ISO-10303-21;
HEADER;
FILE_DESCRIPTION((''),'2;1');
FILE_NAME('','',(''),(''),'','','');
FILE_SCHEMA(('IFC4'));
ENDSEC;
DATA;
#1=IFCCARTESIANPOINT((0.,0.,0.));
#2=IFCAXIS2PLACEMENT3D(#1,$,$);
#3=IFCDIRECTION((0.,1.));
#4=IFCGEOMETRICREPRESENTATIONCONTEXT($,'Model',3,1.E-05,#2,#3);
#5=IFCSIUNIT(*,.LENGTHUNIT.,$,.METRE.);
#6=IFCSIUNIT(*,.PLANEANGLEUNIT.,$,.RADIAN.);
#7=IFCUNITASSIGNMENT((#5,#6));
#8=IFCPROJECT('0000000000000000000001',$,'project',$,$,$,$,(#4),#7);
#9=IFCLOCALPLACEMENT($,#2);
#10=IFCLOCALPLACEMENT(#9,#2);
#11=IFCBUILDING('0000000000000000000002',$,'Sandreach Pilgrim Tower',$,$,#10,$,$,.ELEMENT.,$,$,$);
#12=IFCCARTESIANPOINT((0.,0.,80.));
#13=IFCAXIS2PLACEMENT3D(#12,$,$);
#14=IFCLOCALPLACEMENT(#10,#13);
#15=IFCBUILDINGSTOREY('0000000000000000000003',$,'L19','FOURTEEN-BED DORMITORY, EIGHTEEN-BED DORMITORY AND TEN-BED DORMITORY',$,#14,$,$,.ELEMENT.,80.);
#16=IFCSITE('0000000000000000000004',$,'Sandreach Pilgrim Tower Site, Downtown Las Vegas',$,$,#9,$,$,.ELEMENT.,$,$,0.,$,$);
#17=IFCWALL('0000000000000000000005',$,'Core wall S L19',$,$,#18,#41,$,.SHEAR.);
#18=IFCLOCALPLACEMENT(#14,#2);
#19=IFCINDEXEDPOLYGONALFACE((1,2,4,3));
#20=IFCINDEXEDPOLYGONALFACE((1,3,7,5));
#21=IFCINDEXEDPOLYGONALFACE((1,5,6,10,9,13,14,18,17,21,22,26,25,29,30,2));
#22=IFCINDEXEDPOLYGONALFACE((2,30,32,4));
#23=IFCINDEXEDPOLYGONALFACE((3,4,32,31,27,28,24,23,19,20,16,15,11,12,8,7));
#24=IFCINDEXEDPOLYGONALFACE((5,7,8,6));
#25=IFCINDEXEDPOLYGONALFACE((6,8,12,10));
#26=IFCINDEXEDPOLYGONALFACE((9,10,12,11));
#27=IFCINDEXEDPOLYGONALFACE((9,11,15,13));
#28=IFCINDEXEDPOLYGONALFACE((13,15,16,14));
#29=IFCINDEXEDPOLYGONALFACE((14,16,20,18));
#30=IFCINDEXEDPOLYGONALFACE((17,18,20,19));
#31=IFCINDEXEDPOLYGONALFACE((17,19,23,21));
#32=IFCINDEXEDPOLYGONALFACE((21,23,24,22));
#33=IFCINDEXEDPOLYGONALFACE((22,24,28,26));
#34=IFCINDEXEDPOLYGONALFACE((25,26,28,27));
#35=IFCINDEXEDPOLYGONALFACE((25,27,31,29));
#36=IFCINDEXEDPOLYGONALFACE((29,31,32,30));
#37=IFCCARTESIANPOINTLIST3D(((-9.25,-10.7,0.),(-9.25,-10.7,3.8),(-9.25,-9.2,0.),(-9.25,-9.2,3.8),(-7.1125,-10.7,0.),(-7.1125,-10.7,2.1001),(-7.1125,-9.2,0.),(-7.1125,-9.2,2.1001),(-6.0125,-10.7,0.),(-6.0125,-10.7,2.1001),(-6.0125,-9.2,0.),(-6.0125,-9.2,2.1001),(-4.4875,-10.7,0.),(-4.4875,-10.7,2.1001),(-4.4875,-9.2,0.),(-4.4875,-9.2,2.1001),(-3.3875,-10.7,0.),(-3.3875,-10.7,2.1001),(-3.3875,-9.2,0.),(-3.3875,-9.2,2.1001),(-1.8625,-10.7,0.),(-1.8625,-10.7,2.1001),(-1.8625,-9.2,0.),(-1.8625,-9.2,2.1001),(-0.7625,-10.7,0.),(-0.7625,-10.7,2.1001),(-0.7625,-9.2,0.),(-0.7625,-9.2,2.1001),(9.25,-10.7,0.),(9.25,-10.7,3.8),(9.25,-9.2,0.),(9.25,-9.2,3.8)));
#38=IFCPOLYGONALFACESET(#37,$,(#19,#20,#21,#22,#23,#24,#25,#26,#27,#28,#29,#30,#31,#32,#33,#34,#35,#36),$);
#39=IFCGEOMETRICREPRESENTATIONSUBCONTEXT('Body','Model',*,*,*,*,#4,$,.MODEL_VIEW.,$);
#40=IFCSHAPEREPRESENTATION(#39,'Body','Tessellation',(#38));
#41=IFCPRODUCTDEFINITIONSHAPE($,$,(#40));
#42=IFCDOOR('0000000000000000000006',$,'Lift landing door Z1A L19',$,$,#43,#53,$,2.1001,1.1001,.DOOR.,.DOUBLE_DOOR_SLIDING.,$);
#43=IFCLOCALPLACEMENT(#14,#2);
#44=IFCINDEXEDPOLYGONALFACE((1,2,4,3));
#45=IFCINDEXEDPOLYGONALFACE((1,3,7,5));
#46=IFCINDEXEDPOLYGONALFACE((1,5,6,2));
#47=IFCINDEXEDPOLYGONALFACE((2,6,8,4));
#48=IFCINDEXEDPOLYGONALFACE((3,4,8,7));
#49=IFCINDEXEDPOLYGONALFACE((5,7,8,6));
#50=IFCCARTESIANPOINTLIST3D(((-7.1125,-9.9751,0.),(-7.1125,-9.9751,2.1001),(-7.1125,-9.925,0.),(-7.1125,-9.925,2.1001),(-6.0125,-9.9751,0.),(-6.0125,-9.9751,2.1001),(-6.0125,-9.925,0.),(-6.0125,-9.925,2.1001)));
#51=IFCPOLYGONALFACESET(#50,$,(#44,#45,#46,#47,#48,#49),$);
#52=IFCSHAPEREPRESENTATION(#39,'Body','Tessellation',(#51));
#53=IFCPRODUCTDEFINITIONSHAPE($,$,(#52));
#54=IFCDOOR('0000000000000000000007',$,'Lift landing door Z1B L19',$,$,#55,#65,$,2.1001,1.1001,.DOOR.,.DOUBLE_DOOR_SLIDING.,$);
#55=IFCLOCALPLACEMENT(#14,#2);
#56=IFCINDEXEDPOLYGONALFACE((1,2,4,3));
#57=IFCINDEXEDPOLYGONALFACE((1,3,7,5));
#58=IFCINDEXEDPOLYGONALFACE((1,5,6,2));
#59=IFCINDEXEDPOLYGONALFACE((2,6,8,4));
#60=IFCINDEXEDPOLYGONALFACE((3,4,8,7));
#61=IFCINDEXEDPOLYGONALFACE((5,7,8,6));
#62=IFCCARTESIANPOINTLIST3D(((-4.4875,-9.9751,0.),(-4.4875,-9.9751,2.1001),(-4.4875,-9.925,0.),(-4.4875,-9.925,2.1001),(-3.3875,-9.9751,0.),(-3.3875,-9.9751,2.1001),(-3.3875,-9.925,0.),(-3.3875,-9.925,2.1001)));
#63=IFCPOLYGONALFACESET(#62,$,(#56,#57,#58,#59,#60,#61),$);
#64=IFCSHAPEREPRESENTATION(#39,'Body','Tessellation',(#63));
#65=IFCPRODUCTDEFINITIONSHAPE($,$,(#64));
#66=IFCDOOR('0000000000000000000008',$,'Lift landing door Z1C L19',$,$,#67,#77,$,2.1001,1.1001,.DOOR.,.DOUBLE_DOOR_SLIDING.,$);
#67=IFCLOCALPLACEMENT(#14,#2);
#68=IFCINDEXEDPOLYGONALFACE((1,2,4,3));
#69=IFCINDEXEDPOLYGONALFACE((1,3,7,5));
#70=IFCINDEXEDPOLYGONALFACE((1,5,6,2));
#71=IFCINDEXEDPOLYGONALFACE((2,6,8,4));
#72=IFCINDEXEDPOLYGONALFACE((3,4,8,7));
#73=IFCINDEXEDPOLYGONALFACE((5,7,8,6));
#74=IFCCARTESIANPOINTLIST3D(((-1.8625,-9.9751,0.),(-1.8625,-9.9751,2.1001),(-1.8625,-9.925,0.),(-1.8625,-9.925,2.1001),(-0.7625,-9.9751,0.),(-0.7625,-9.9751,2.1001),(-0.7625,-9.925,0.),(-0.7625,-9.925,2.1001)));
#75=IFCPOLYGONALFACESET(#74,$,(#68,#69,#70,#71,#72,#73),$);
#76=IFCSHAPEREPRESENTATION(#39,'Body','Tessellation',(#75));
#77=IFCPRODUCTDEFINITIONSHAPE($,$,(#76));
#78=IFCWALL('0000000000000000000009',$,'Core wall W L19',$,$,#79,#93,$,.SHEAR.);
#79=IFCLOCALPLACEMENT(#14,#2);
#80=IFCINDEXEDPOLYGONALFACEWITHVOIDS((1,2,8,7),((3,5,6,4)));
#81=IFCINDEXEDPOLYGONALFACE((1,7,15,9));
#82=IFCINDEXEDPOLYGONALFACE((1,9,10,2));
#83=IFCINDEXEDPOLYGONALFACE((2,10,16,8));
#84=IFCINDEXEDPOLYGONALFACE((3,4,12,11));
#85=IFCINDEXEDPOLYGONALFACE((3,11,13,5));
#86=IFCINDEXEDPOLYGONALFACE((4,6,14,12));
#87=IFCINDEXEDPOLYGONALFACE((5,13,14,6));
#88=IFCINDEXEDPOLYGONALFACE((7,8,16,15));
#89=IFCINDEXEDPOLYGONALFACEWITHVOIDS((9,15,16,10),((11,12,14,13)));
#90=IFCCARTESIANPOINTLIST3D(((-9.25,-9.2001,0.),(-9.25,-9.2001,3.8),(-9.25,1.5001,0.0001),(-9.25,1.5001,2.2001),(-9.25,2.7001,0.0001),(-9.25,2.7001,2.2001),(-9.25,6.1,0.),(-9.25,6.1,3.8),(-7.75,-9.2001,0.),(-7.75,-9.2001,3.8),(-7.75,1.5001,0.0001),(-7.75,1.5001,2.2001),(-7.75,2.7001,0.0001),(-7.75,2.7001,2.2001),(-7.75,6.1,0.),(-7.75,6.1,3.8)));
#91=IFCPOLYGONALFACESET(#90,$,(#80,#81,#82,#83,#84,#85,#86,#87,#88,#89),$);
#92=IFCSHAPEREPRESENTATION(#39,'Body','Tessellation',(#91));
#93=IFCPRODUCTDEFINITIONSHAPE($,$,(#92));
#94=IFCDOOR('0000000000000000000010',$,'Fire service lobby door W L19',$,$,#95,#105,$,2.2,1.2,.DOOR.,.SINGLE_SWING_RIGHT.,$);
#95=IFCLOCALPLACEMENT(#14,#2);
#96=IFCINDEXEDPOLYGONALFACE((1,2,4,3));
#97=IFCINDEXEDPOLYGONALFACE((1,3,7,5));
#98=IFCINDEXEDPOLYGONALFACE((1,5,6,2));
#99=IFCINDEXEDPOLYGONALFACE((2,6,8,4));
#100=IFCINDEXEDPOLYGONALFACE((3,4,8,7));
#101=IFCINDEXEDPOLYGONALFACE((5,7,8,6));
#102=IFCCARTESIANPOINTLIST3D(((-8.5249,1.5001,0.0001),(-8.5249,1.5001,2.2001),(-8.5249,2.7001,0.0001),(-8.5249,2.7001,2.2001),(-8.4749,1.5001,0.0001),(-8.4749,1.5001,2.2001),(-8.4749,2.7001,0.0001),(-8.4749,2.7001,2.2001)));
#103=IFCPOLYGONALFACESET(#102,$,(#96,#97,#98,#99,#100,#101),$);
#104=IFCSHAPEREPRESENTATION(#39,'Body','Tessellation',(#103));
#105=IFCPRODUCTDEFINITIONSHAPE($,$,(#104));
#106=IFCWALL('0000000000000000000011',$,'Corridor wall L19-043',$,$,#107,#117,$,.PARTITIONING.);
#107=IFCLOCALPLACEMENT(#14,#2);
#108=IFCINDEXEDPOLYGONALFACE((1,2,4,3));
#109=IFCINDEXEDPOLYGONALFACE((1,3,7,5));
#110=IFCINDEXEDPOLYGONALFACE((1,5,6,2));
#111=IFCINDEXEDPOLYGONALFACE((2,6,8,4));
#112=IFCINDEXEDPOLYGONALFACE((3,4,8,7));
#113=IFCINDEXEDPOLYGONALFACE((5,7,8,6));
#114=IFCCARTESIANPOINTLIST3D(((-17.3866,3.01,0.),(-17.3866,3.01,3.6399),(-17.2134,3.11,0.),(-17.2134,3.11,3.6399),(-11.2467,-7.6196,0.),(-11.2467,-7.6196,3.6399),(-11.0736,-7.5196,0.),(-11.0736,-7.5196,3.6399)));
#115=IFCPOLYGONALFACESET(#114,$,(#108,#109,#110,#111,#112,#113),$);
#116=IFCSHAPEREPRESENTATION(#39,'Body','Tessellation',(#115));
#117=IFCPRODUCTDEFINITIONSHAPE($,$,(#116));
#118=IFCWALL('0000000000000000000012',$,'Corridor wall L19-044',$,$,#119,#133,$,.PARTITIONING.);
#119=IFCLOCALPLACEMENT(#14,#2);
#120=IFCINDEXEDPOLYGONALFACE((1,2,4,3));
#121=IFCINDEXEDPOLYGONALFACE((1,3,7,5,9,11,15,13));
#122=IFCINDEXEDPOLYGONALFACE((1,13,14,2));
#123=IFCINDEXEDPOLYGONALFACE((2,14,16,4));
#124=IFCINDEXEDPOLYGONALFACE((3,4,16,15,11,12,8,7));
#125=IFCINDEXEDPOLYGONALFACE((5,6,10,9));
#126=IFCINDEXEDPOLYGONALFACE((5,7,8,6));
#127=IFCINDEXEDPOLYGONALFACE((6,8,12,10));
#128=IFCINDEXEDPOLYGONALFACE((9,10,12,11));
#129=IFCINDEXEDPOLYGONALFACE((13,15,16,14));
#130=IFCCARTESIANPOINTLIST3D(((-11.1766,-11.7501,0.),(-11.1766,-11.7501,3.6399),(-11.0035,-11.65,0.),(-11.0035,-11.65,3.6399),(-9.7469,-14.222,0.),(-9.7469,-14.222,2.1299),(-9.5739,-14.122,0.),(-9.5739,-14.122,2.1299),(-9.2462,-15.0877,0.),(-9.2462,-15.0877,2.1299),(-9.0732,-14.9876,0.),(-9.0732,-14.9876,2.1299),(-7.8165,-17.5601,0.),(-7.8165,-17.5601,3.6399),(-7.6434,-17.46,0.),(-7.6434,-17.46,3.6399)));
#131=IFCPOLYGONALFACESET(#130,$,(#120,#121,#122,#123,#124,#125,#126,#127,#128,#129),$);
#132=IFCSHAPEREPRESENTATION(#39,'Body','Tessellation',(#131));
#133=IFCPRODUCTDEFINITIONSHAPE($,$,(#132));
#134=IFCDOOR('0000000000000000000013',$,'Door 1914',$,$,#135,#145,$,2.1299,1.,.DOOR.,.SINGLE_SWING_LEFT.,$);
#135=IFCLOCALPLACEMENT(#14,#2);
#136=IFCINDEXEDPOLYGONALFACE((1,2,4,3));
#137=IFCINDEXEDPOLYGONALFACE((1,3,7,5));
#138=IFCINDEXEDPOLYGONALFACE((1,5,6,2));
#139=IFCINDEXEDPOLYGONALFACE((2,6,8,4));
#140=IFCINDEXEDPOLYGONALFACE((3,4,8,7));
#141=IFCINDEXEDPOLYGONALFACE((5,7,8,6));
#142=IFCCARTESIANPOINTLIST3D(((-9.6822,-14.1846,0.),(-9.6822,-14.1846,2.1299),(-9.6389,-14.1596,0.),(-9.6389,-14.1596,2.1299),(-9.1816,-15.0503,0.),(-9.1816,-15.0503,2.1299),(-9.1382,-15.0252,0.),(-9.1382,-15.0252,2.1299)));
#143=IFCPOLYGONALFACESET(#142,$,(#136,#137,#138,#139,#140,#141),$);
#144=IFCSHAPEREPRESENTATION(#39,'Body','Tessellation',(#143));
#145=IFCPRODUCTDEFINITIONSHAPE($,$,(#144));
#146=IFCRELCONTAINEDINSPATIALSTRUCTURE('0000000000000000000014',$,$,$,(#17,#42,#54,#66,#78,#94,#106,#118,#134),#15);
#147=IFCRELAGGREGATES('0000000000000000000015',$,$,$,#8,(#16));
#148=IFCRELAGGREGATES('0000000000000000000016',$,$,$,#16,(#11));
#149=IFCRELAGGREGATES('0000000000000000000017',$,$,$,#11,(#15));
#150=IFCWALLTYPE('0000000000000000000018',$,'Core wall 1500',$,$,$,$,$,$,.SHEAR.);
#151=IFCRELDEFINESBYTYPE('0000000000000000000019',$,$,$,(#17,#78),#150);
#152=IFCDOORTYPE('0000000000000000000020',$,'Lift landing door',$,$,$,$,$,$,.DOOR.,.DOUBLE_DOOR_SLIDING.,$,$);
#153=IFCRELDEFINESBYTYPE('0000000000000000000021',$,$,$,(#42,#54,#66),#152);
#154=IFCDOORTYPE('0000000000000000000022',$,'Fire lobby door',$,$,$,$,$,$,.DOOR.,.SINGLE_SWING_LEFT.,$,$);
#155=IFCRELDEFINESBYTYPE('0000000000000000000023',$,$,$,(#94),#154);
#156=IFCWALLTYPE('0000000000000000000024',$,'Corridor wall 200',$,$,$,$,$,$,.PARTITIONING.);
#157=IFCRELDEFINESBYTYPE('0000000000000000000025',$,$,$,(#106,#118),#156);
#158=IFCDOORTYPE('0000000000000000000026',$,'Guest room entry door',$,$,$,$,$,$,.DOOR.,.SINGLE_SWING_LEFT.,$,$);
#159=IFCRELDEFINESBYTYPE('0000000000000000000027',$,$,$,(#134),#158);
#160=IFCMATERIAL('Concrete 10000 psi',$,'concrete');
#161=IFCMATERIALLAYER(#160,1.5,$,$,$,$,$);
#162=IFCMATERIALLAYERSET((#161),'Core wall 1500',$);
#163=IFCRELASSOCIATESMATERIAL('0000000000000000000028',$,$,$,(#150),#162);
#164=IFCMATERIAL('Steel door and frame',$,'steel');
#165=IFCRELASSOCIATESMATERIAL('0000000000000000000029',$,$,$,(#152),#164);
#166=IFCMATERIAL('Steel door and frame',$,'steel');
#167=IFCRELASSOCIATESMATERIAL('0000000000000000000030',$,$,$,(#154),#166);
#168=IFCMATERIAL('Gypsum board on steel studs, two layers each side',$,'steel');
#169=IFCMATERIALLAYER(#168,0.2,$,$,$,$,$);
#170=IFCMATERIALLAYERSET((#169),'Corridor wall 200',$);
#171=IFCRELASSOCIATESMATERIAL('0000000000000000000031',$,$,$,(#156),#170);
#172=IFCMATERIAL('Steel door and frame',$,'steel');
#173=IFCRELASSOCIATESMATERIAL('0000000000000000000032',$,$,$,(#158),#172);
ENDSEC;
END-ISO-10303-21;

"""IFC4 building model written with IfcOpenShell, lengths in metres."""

from ifc_helpers import new_model, si_unit, direction, frame, frame_2d, origin, place, context, subcontext, project, spatial, rectangle, extrude, material, layer, layer_set, type_object, element, fill, save


model = new_model("IFC4")

# Units and contexts
model_context = context("Model", 3, precision=1e-05, world=origin(), true_north=direction((0.0, 1.0)))
body_context = subcontext(model_context, "Body", "Model", "MODEL_VIEW")
ifc_project = project(units=[si_unit("LENGTHUNIT", "METRE"), si_unit("PLANEANGLEUNIT", "RADIAN")], contexts=[model_context])

# Site, building, storey
site_placement = place(None, origin())
site = spatial("IfcSite", under=ifc_project, at=site_placement, Name="Sandreach Pilgrim Tower Site, Downtown Las Vegas", CompositionType="ELEMENT", RefElevation=0.0)
building_placement = place(site_placement, origin())
building = spatial("IfcBuilding", under=site, at=building_placement, Name="Sandreach Pilgrim Tower", CompositionType="ELEMENT")
storey_placement = place(building_placement, frame((0.0, 0.0, 80.0)))
storey = spatial("IfcBuildingStorey", under=building, at=storey_placement, Name="L19", Description="FOURTEEN-BED DORMITORY, EIGHTEEN-BED DORMITORY AND TEN-BED DORMITORY", CompositionType="ELEMENT", Elevation=80.0)

# Wall, openings, doors
ifc_material_1 = material(Name="Concrete 10000 psi", Category="concrete")
ifc_layer_1 = layer(ifc_material_1, 1.5)
ifc_layer_set_1 = layer_set([ifc_layer_1], Name="Core wall 1500")
wall_type_1 = type_object("IfcWallType", Name="Core wall 1500", PredefinedType="SHEAR", material=ifc_layer_set_1)
wall_1_placement = place(storey_placement, frame((-9.25, -9.95, 0.0), z_axis=(0.0, 0.0, 1.0), x_axis=(1.0, 0.0, 0.0)))
wall_1 = element("IfcWall", 1, at=wall_1_placement, inside=storey, type_object=wall_type_1, Name="Core wall S L19", PredefinedType="SHEAR", context=body_context, shape_type="SweptSolid", body=[
    extrude(rectangle(XDim=18.5, YDim=1.5, at=frame_2d((9.25, 0.0))), origin(), (0.0, 0.0, 1.0), 3.8),
])
opening_1_placement = place(wall_1_placement, frame((2.1375, 0.0, 0.0)))
opening_1 = element("IfcOpeningElement", 2, at=opening_1_placement, cuts=wall_1, PredefinedType="OPENING", context=body_context, shape_type="SweptSolid", body=[
    extrude(rectangle(XDim=1.1001, YDim=2.1001, at=frame_2d((0.55, 1.05))), frame((0.0, 0.75, 0.0), z_axis=(0.0, -1.0, 0.0), x_axis=(1.0, 0.0, 0.0)), (0.0, 0.0, 1.0), 1.5),
])
opening_2_placement = place(wall_1_placement, frame((4.7625, 0.0, 0.0)))
opening_2 = element("IfcOpeningElement", 3, at=opening_2_placement, cuts=wall_1, PredefinedType="OPENING", context=body_context, shape_type="SweptSolid", body=[
    extrude(rectangle(XDim=1.1001, YDim=2.1001, at=frame_2d((0.55, 1.05))), frame((0.0, 0.75, 0.0), z_axis=(0.0, -1.0, 0.0), x_axis=(1.0, 0.0, 0.0)), (0.0, 0.0, 1.0), 1.5),
])
opening_3_placement = place(wall_1_placement, frame((7.3875, 0.0, 0.0)))
opening_3 = element("IfcOpeningElement", 4, at=opening_3_placement, cuts=wall_1, PredefinedType="OPENING", context=body_context, shape_type="SweptSolid", body=[
    extrude(rectangle(XDim=1.1001, YDim=2.1001, at=frame_2d((0.55, 1.05))), frame((0.0, 0.75, 0.0), z_axis=(0.0, -1.0, 0.0), x_axis=(1.0, 0.0, 0.0)), (0.0, 0.0, 1.0), 1.5),
])
ifc_material_2 = material(Name="Steel door and frame", Category="steel")
door_type_1 = type_object("IfcDoorType", Name="Lift landing door", OperationType="DOUBLE_DOOR_SLIDING", PredefinedType="DOOR", material=ifc_material_2)
door_1_placement = place(opening_1_placement, origin())
door_1 = element("IfcDoor", 5, at=door_1_placement, inside=storey, type_object=door_type_1, Name="Lift landing door Z1A L19", OperationType="DOUBLE_DOOR_SLIDING", OverallHeight=2.1001, OverallWidth=1.1001, PredefinedType="DOOR", context=body_context, shape_type="SweptSolid", body=[
    extrude(rectangle(XDim=1.1001, YDim=2.1001, at=frame_2d((0.55, 1.05))), frame((0.0, 0.0249, 0.0), z_axis=(0.0, -1.0, 0.0), x_axis=(1.0, 0.0, 0.0)), (0.0, 0.0, 1.0), 0.05),
])
fill(opening_1, door_1)
door_2_placement = place(opening_2_placement, origin())
door_2 = element("IfcDoor", 6, at=door_2_placement, inside=storey, type_object=door_type_1, Name="Lift landing door Z1B L19", OperationType="DOUBLE_DOOR_SLIDING", OverallHeight=2.1001, OverallWidth=1.1001, PredefinedType="DOOR", context=body_context, shape_type="SweptSolid", body=[
    extrude(rectangle(XDim=1.1001, YDim=2.1001, at=frame_2d((0.55, 1.05))), frame((0.0, 0.0249, 0.0), z_axis=(0.0, -1.0, 0.0), x_axis=(1.0, 0.0, 0.0)), (0.0, 0.0, 1.0), 0.05),
])
fill(opening_2, door_2)
door_3_placement = place(opening_3_placement, origin())
door_3 = element("IfcDoor", 7, at=door_3_placement, inside=storey, type_object=door_type_1, Name="Lift landing door Z1C L19", OperationType="DOUBLE_DOOR_SLIDING", OverallHeight=2.1001, OverallWidth=1.1001, PredefinedType="DOOR", context=body_context, shape_type="SweptSolid", body=[
    extrude(rectangle(XDim=1.1001, YDim=2.1001, at=frame_2d((0.55, 1.05))), frame((0.0, 0.0249, 0.0), z_axis=(0.0, -1.0, 0.0), x_axis=(1.0, 0.0, 0.0)), (0.0, 0.0, 1.0), 0.05),
])
fill(opening_3, door_3)

# Wall, opening, door
wall_2_placement = place(storey_placement, frame((-8.5, -9.2, 0.0), z_axis=(0.0, 0.0, 1.0), x_axis=(0.0, 1.0, 0.0)))
wall_2 = element("IfcWall", 8, at=wall_2_placement, inside=storey, type_object=wall_type_1, Name="Core wall W L19", PredefinedType="SHEAR", context=body_context, shape_type="SweptSolid", body=[
    extrude(rectangle(XDim=15.3, YDim=1.5, at=frame_2d((7.6499, 0.0))), origin(), (0.0, 0.0, 1.0), 3.8),
])
opening_4_placement = place(wall_2_placement, frame((10.7, 0.0, 0.0)))
opening_4 = element("IfcOpeningElement", 9, at=opening_4_placement, cuts=wall_2, PredefinedType="OPENING", context=body_context, shape_type="SweptSolid", body=[
    extrude(rectangle(XDim=1.2, YDim=2.2, at=frame_2d((0.6001, 1.1001))), frame((0.0, 0.75, 0.0), z_axis=(0.0, -1.0, 0.0), x_axis=(1.0, 0.0, 0.0)), (0.0, 0.0, 1.0), 1.5),
])
ifc_material_3 = material(Name="Steel door and frame", Category="steel")
door_type_2 = type_object("IfcDoorType", Name="Fire lobby door", OperationType="SINGLE_SWING_LEFT", PredefinedType="DOOR", material=ifc_material_3)
door_4_placement = place(opening_4_placement, origin())
door_4 = element("IfcDoor", 10, at=door_4_placement, inside=storey, type_object=door_type_2, Name="Fire service lobby door W L19", OperationType="SINGLE_SWING_RIGHT", OverallHeight=2.2, OverallWidth=1.2, PredefinedType="DOOR", context=body_context, shape_type="SweptSolid", body=[
    extrude(rectangle(XDim=1.2, YDim=2.2, at=frame_2d((0.6001, 1.1001))), frame((0.0, 0.0249, 0.0), z_axis=(0.0, -1.0, 0.0), x_axis=(1.0, 0.0, 0.0)), (0.0, 0.0, 1.0), 0.05),
])
fill(opening_4, door_4)
ifc_material_4 = material(Name="Gypsum board on steel studs, two layers each side", Category="steel")
ifc_layer_2 = layer(ifc_material_4, 0.2)
ifc_layer_set_2 = layer_set([ifc_layer_2], Name="Corridor wall 200")
wall_type_2 = type_object("IfcWallType", Name="Corridor wall 200", PredefinedType="PARTITIONING", material=ifc_layer_set_2)
ifc_material_5 = material(Name="Steel door and frame", Category="steel")
door_type_3 = type_object("IfcDoorType", Name="Guest room entry door", OperationType="SINGLE_SWING_LEFT", PredefinedType="DOOR", material=ifc_material_5)

# Wall
wall_3_placement = place(storey_placement, frame((-11.1602, -7.5696, 0.0), z_axis=(0.0, 0.0, 1.0), x_axis=(-0.500175, 0.865924, 0.0)))
element("IfcWall", 11, at=wall_3_placement, inside=storey, type_object=wall_type_2, Name="Corridor wall L19-043", PredefinedType="PARTITIONING", context=body_context, shape_type="SweptSolid", body=[
    extrude(rectangle(XDim=12.2754, YDim=0.2, at=frame_2d((6.1377, 0.0))), origin(), (0.0, 0.0, 1.0), 3.6399),
])

# Wall, opening, door
wall_4_placement = place(storey_placement, frame((-11.0901, -11.7, 0.0), z_axis=(0.0, 0.0, 1.0), x_axis=(0.500633, -0.865659, 0.0)))
wall_4 = element("IfcWall", 12, at=wall_4_placement, inside=storey, type_object=wall_type_2, Name="Corridor wall L19-044", PredefinedType="PARTITIONING", context=body_context, shape_type="SweptSolid", body=[
    extrude(rectangle(XDim=6.7117, YDim=0.2, at=frame_2d((3.356, 0.0))), origin(), (0.0, 0.0, 1.0), 3.6399),
])
opening_5_placement = place(wall_4_placement, frame((2.8557, 0.0, 0.0)))
opening_5 = element("IfcOpeningElement", 13, at=opening_5_placement, cuts=wall_4, PredefinedType="OPENING", context=body_context, shape_type="SweptSolid", body=[
    extrude(rectangle(XDim=1.0, YDim=2.1299, at=frame_2d((0.5, 1.0649))), frame((0.0, 0.1001, 0.0), z_axis=(0.0, -1.0, 0.0), x_axis=(1.0, 0.0, 0.0)), (0.0, 0.0, 1.0), 0.2),
])
door_5_placement = place(opening_5_placement, origin())
door_5 = element("IfcDoor", 14, at=door_5_placement, inside=storey, type_object=door_type_3, Name="Door 1914", OperationType="SINGLE_SWING_LEFT", OverallHeight=2.1299, OverallWidth=1.0, PredefinedType="DOOR", context=body_context, shape_type="SweptSolid", body=[
    extrude(rectangle(XDim=1.0, YDim=2.1299, at=frame_2d((0.5, 1.0649))), frame((0.0, 0.0249, 0.0), z_axis=(0.0, -1.0, 0.0), x_axis=(1.0, 0.0, 0.0)), (0.0, 0.0, 1.0), 0.05),
])
fill(opening_5, door_5)

save(model, "model.ifc")
